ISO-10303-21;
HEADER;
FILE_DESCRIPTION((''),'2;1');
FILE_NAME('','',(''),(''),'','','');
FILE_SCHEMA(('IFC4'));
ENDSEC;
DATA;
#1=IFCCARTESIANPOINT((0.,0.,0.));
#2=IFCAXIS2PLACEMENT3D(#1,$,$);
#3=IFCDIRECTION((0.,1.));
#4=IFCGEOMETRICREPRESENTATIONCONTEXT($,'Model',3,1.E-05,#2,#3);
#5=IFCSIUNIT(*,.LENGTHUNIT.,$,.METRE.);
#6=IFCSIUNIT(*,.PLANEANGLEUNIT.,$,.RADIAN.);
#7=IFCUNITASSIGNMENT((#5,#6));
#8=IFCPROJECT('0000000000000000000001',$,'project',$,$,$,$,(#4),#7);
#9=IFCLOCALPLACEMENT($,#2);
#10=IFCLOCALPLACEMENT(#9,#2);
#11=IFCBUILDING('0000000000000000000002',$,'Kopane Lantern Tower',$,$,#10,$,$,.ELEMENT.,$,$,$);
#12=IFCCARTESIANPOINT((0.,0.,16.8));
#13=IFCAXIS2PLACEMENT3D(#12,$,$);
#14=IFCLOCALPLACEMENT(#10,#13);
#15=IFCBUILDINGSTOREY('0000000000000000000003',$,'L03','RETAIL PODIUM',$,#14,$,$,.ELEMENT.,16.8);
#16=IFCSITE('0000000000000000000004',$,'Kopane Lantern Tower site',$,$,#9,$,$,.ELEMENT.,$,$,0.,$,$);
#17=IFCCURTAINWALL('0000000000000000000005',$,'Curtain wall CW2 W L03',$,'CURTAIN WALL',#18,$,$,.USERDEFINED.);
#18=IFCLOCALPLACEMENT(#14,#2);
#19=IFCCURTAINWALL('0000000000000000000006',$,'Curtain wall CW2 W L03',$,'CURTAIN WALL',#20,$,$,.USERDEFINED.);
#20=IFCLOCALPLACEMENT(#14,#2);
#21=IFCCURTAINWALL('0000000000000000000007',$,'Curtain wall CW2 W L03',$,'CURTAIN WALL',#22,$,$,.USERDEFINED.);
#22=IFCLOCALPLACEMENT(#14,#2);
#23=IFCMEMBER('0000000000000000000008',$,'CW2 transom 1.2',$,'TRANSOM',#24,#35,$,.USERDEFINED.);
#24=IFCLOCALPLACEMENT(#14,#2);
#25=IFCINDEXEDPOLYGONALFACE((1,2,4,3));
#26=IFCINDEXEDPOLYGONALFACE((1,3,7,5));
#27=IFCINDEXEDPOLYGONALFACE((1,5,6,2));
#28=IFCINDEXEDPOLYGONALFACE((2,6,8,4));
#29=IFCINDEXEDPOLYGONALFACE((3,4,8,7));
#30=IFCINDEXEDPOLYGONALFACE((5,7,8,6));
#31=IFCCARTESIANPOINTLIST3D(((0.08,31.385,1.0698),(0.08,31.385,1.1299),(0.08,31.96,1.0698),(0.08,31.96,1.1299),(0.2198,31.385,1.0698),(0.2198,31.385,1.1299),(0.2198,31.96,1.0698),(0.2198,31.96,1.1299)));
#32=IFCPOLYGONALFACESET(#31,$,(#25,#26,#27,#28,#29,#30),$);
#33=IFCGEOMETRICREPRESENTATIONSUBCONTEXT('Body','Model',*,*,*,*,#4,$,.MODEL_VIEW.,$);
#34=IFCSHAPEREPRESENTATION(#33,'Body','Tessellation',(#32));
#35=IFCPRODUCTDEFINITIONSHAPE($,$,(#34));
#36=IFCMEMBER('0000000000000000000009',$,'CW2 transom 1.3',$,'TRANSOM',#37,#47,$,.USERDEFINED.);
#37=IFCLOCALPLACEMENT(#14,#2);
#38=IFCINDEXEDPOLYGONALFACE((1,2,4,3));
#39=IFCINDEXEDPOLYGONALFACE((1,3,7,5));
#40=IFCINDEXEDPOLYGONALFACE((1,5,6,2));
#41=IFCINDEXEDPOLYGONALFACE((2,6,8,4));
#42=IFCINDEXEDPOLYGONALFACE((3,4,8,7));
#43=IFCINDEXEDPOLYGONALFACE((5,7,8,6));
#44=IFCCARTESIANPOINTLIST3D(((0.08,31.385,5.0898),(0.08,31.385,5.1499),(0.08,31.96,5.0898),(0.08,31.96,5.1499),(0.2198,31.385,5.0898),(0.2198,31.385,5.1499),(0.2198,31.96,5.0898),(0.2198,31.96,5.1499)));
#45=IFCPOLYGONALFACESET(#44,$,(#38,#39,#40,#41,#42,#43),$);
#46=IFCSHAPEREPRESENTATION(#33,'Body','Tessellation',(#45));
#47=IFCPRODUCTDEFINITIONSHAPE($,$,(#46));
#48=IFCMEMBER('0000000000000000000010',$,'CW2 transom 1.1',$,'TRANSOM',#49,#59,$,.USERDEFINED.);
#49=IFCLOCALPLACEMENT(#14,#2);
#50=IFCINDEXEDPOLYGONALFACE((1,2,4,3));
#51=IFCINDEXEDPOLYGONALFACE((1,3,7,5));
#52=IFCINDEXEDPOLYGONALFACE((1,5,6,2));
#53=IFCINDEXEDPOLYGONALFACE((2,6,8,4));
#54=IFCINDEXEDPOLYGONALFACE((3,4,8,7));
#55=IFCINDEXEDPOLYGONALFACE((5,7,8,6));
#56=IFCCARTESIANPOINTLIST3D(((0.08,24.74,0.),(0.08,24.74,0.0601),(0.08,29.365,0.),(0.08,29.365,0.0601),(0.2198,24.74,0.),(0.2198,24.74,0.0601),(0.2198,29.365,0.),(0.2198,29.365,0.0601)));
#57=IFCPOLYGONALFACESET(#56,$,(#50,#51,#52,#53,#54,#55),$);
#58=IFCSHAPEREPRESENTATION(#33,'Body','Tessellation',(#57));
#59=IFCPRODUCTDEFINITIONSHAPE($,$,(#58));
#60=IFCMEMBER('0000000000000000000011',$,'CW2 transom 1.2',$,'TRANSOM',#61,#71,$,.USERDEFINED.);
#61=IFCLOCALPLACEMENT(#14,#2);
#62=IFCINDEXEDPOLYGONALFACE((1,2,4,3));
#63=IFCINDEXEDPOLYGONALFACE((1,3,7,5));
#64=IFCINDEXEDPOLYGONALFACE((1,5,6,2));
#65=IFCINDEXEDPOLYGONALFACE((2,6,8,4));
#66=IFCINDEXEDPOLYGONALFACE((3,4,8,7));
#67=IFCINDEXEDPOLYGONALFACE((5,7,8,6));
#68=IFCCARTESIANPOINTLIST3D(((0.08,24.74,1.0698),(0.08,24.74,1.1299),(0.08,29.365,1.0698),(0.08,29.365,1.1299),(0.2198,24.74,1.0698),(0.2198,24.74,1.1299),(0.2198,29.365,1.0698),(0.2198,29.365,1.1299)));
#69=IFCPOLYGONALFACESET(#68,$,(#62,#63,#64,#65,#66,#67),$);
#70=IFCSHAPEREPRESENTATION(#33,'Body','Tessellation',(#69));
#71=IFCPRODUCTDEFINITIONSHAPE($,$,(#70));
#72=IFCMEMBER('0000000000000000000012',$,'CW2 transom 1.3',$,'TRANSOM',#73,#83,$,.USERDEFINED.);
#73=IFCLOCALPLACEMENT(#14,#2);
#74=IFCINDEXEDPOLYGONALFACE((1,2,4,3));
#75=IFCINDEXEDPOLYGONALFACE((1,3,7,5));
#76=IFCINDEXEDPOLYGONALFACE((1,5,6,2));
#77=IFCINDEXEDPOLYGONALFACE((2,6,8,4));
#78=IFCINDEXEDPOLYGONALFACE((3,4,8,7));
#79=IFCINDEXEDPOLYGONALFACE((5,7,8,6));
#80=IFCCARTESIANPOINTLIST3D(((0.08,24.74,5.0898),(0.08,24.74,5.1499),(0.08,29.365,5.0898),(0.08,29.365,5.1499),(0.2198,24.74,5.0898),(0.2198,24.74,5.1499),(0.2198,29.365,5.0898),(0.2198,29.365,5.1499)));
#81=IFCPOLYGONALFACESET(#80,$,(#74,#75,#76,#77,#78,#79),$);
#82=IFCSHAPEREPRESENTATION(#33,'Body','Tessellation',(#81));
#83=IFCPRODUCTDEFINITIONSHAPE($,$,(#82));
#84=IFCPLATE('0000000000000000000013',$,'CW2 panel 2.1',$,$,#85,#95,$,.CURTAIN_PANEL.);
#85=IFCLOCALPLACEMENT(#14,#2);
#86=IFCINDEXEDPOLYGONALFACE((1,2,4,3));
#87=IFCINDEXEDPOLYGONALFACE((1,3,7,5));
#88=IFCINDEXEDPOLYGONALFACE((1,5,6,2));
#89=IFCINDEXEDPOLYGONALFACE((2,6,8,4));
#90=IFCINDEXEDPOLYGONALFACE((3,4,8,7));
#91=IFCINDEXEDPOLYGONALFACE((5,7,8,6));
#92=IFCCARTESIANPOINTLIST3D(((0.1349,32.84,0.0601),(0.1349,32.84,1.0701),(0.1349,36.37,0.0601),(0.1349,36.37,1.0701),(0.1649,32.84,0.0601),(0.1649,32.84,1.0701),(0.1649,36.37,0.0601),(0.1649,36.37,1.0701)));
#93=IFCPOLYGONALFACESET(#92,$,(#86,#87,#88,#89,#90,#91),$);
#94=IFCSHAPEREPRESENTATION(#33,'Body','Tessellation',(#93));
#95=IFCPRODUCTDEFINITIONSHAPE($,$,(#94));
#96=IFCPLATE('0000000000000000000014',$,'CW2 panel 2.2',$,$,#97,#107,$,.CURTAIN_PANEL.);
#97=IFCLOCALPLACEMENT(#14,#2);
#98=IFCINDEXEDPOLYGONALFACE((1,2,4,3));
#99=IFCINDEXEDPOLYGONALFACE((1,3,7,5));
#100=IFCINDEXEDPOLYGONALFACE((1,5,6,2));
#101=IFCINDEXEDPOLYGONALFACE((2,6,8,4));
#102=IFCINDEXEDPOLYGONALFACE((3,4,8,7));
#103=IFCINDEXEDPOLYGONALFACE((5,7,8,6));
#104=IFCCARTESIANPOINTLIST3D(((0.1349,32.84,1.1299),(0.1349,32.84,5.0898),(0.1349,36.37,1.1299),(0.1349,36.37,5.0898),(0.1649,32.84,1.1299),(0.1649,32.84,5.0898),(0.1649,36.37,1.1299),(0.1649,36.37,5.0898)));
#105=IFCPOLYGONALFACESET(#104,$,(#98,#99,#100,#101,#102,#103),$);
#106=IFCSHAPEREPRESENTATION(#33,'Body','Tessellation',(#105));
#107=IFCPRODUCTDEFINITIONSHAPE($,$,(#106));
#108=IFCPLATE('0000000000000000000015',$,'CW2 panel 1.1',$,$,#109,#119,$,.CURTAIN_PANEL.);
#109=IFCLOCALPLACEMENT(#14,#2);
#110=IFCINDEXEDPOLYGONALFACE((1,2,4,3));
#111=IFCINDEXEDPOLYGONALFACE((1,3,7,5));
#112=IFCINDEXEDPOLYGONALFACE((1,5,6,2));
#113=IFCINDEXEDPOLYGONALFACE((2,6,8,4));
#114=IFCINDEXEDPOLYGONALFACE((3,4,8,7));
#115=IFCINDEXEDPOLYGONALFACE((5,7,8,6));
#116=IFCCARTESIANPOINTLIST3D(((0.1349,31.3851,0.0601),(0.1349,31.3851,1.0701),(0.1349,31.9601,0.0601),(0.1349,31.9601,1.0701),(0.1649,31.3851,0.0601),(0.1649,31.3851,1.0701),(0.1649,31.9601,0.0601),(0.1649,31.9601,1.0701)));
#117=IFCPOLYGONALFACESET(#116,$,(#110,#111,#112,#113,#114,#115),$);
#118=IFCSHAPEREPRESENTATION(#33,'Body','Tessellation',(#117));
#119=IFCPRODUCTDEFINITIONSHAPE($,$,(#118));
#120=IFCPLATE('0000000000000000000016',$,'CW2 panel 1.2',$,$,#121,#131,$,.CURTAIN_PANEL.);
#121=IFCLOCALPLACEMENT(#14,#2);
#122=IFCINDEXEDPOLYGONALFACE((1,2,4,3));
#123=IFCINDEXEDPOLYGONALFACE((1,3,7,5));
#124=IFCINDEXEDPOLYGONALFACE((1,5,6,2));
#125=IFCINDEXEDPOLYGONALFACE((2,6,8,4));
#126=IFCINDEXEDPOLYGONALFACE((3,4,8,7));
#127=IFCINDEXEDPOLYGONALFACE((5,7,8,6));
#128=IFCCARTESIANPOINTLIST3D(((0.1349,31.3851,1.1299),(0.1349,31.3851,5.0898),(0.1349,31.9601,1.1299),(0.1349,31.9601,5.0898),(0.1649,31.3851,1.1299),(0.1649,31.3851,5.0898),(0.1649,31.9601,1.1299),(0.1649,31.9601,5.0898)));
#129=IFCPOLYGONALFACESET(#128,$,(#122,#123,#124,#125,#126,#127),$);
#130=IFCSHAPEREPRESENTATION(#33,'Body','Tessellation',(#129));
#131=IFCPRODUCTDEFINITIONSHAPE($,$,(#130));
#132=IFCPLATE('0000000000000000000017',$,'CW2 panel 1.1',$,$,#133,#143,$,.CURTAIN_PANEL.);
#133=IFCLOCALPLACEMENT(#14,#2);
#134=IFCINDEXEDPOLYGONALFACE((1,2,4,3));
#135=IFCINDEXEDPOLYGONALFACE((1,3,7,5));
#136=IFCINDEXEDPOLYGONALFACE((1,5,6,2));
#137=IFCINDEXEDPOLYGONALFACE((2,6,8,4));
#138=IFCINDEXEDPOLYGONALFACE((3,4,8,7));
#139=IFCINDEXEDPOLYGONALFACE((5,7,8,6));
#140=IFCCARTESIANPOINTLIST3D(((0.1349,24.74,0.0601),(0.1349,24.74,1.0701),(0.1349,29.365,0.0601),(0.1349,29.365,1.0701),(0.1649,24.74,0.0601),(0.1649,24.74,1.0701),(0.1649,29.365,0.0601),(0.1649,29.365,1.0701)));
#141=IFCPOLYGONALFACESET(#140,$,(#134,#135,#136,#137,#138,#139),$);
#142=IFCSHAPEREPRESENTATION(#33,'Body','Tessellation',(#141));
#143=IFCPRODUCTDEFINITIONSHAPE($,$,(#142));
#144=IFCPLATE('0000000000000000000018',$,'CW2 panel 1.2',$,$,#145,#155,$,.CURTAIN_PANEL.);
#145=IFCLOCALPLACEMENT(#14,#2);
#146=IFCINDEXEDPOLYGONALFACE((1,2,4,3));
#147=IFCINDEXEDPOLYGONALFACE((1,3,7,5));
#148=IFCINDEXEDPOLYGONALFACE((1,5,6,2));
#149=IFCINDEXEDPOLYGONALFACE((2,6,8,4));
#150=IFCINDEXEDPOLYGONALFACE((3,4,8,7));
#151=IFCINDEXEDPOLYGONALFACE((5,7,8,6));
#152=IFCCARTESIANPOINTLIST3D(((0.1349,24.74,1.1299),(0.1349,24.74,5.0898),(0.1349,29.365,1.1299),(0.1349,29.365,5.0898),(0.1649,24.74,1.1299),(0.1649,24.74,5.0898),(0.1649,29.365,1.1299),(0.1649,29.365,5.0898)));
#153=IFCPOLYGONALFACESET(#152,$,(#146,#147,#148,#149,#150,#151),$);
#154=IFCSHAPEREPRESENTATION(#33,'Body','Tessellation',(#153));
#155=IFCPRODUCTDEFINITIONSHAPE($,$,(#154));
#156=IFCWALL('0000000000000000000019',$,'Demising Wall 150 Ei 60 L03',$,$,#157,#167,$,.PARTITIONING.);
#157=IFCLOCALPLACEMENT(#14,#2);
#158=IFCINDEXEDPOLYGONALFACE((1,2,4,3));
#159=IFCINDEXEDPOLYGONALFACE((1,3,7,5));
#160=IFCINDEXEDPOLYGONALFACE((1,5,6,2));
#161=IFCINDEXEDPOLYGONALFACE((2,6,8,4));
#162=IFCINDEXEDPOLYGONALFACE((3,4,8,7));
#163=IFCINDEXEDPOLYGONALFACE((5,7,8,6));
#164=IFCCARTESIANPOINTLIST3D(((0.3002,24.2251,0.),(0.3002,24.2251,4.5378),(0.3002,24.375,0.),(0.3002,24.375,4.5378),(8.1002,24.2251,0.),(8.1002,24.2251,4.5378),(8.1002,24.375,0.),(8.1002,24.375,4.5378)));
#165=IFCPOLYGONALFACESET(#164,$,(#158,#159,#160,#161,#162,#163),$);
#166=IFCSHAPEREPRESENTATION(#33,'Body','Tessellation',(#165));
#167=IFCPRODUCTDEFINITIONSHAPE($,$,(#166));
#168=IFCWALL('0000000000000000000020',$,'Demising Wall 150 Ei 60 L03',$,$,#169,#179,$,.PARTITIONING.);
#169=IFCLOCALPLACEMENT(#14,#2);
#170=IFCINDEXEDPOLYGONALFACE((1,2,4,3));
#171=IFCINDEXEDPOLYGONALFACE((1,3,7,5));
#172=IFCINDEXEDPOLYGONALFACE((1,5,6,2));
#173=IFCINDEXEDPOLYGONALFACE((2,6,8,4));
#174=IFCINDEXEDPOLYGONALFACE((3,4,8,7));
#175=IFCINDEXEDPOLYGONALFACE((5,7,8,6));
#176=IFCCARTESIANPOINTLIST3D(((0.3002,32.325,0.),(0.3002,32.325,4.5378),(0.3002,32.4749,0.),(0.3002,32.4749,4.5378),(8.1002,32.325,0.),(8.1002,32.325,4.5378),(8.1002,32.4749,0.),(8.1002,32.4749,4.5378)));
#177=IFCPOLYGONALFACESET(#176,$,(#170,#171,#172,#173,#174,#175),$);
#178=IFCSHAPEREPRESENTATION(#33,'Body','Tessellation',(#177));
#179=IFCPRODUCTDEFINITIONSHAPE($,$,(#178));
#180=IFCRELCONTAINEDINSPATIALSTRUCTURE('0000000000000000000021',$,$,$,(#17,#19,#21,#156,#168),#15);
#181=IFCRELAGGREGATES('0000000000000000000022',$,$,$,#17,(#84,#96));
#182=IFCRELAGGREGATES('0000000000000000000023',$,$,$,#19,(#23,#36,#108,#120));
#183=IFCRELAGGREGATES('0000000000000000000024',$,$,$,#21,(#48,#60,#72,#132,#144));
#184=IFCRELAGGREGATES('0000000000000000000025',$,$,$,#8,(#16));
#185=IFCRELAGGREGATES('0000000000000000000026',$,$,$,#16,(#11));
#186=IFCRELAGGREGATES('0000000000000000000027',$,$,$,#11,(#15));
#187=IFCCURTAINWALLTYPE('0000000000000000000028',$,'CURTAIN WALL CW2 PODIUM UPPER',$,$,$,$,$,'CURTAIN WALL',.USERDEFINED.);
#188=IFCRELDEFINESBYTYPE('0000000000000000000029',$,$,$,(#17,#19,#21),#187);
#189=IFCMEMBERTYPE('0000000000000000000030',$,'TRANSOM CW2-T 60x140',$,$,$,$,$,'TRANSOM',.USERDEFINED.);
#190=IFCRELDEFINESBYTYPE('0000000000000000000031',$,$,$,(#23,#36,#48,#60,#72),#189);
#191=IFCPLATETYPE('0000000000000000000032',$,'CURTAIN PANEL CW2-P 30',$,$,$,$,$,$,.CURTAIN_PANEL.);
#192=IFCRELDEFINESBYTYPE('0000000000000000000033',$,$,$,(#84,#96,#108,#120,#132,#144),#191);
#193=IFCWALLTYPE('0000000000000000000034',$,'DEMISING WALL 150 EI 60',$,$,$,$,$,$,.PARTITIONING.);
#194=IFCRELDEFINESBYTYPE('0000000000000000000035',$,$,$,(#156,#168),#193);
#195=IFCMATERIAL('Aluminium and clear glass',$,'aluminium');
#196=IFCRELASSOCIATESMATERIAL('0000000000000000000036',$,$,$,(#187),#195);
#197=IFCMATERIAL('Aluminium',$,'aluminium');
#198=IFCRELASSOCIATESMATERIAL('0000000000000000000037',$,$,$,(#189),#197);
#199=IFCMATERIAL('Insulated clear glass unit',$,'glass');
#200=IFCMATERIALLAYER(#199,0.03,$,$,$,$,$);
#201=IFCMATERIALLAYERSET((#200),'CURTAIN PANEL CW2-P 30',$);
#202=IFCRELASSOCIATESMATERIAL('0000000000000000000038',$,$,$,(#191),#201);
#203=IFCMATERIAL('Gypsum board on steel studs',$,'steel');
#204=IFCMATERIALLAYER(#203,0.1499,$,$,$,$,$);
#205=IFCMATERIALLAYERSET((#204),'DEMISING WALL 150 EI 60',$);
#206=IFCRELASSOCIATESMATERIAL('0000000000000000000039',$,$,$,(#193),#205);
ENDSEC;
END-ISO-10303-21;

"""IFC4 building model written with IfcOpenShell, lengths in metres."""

from ifc_helpers import new_model, si_unit, direction, frame, frame_2d, origin, origin_2d, place, context, subcontext, project, spatial, rectangle, extrude, material, layer, layer_set, material_profile, profile_set, type_object, element, aggregate, save


model = new_model("IFC4")

# Units and contexts
model_context = context("Model", 3, precision=1e-05, world=origin(), true_north=direction((0.0, 1.0)))
body_context = subcontext(model_context, "Body", "Model", "MODEL_VIEW")
ifc_project = project(units=[si_unit("LENGTHUNIT", "METRE"), si_unit("PLANEANGLEUNIT", "RADIAN")], contexts=[model_context])

# Site, building, storey
site_placement = place(None, origin())
site = spatial("IfcSite", under=ifc_project, at=site_placement, Name="Kopane Lantern Tower site", CompositionType="ELEMENT", RefElevation=0.0)
building_placement = place(site_placement, origin())
building = spatial("IfcBuilding", under=site, at=building_placement, Name="Kopane Lantern Tower", CompositionType="ELEMENT")
storey_placement = place(building_placement, frame((0.0, 0.0, 16.8)))
storey = spatial("IfcBuildingStorey", under=building, at=storey_placement, Name="L03", Description="RETAIL PODIUM", CompositionType="ELEMENT", Elevation=16.8)

# Curtain wall
ifc_material_1 = material(Name="Aluminium and clear glass", Category="aluminium")
curtain_wall_type = type_object("IfcCurtainWallType", Name="CURTAIN WALL CW2 PODIUM UPPER", ElementType="CURTAIN WALL", PredefinedType="USERDEFINED", material=ifc_material_1)
curtain_wall_1_placement = place(storey_placement, origin())
curtain_wall_1 = element("IfcCurtainWall", 1, at=curtain_wall_1_placement, inside=storey, type_object=curtain_wall_type, Name="Curtain wall CW2 W L03", ObjectType="CURTAIN WALL", PredefinedType="USERDEFINED")

# Curtain walls
curtain_wall_2_placement = place(storey_placement, origin())
curtain_wall_2 = element("IfcCurtainWall", 2, at=curtain_wall_2_placement, inside=storey, type_object=curtain_wall_type, Name="Curtain wall CW2 W L03", ObjectType="CURTAIN WALL", PredefinedType="USERDEFINED")
curtain_wall_3_placement = place(storey_placement, origin())
curtain_wall_3 = element("IfcCurtainWall", 3, at=curtain_wall_3_placement, inside=storey, type_object=curtain_wall_type, Name="Curtain wall CW2 W L03", ObjectType="CURTAIN WALL", PredefinedType="USERDEFINED")

# Members
ifc_material_2 = material(Name="Aluminium", Category="aluminium")
ifc_material_profile_1 = material_profile(ifc_material_2, rectangle(XDim=0.1399, YDim=0.0601, at=origin_2d()), Name="AL 140x60")
ifc_profile_set_1 = profile_set([ifc_material_profile_1], Name="Aluminium")
member_type_1 = type_object("IfcMemberType", Name="TRANSOM CW2-T 60x140", ElementType="TRANSOM", PredefinedType="USERDEFINED", material=ifc_profile_set_1)
member_1_placement = place(storey_placement, frame((0.1499, 31.96, 1.0999), z_axis=(0.0, -1.0, 0.0), x_axis=(1.0, 0.0, 0.0)))
member_1 = element("IfcMember", 4, at=member_1_placement, type_object=member_type_1, Name="CW2 transom 1.2", ObjectType="TRANSOM", PredefinedType="USERDEFINED", context=body_context, shape_type="SweptSolid", body=[
    extrude(rectangle(XDim=0.1399, YDim=0.0601, at=origin_2d()), origin(), (0.0, 0.0, 1.0), 0.575),
])
member_2_placement = place(storey_placement, frame((0.1499, 31.96, 5.1199), z_axis=(0.0, -1.0, 0.0), x_axis=(1.0, 0.0, 0.0)))
member_2 = element("IfcMember", 5, at=member_2_placement, type_object=member_type_1, Name="CW2 transom 1.3", ObjectType="TRANSOM", PredefinedType="USERDEFINED", context=body_context, shape_type="SweptSolid", body=[
    extrude(rectangle(XDim=0.1399, YDim=0.0601, at=origin_2d()), origin(), (0.0, 0.0, 1.0), 0.575),
])
member_3_placement = place(storey_placement, frame((0.1499, 29.365, 0.03), z_axis=(0.0, -1.0, 0.0), x_axis=(1.0, 0.0, 0.0)))
member_3 = element("IfcMember", 6, at=member_3_placement, type_object=member_type_1, Name="CW2 transom 1.1", ObjectType="TRANSOM", PredefinedType="USERDEFINED", context=body_context, shape_type="SweptSolid", body=[
    extrude(rectangle(XDim=0.1399, YDim=0.0601, at=origin_2d()), origin(), (0.0, 0.0, 1.0), 4.625),
])
member_4_placement = place(storey_placement, frame((0.1499, 29.365, 1.0999), z_axis=(0.0, -1.0, 0.0), x_axis=(1.0, 0.0, 0.0)))
member_4 = element("IfcMember", 7, at=member_4_placement, type_object=member_type_1, Name="CW2 transom 1.2", ObjectType="TRANSOM", PredefinedType="USERDEFINED", context=body_context, shape_type="SweptSolid", body=[
    extrude(rectangle(XDim=0.1399, YDim=0.0601, at=origin_2d()), origin(), (0.0, 0.0, 1.0), 4.625),
])
member_5_placement = place(storey_placement, frame((0.1499, 29.365, 5.1199), z_axis=(0.0, -1.0, 0.0), x_axis=(1.0, 0.0, 0.0)))
member_5 = element("IfcMember", 8, at=member_5_placement, type_object=member_type_1, Name="CW2 transom 1.3", ObjectType="TRANSOM", PredefinedType="USERDEFINED", context=body_context, shape_type="SweptSolid", body=[
    extrude(rectangle(XDim=0.1399, YDim=0.0601, at=origin_2d()), origin(), (0.0, 0.0, 1.0), 4.625),
])

# Plates
ifc_material_3 = material(Name="Insulated clear glass unit", Category="glass")
ifc_layer_1 = layer(ifc_material_3, 0.03)
ifc_layer_set_1 = layer_set([ifc_layer_1], Name="CURTAIN PANEL CW2-P 30")
plate_type = type_object("IfcPlateType", Name="CURTAIN PANEL CW2-P 30", PredefinedType="CURTAIN_PANEL", material=ifc_layer_set_1)
plate_1_placement = place(storey_placement, frame((0.1499, 34.605, 0.0601), z_axis=(0.0, 0.0, 1.0), x_axis=(0.0, -1.0, 0.0)))
plate_1 = element("IfcPlate", 9, at=plate_1_placement, type_object=plate_type, Name="CW2 panel 2.1", PredefinedType="CURTAIN_PANEL", context=body_context, shape_type="SweptSolid", body=[
    extrude(rectangle(XDim=3.53, YDim=0.03, at=origin_2d()), origin(), (0.0, 0.0, 1.0), 1.01),
])
plate_2_placement = place(storey_placement, frame((0.1499, 34.605, 1.1299), z_axis=(0.0, 0.0, 1.0), x_axis=(0.0, -1.0, 0.0)))
plate_2 = element("IfcPlate", 10, at=plate_2_placement, type_object=plate_type, Name="CW2 panel 2.2", PredefinedType="CURTAIN_PANEL", context=body_context, shape_type="SweptSolid", body=[
    extrude(rectangle(XDim=3.53, YDim=0.03, at=origin_2d()), origin(), (0.0, 0.0, 1.0), 3.96),
])
aggregate(curtain_wall_1, [plate_1, plate_2])
plate_3_placement = place(storey_placement, frame((0.1499, 31.6726, 0.0601), z_axis=(0.0, 0.0, 1.0), x_axis=(0.0, -1.0, 0.0)))
plate_3 = element("IfcPlate", 11, at=plate_3_placement, type_object=plate_type, Name="CW2 panel 1.1", PredefinedType="CURTAIN_PANEL", context=body_context, shape_type="SweptSolid", body=[
    extrude(rectangle(XDim=0.575, YDim=0.03, at=origin_2d()), origin(), (0.0, 0.0, 1.0), 1.01),
])
plate_4_placement = place(storey_placement, frame((0.1499, 31.6726, 1.1299), z_axis=(0.0, 0.0, 1.0), x_axis=(0.0, -1.0, 0.0)))
plate_4 = element("IfcPlate", 12, at=plate_4_placement, type_object=plate_type, Name="CW2 panel 1.2", PredefinedType="CURTAIN_PANEL", context=body_context, shape_type="SweptSolid", body=[
    extrude(rectangle(XDim=0.575, YDim=0.03, at=origin_2d()), origin(), (0.0, 0.0, 1.0), 3.96),
])
aggregate(curtain_wall_2, [member_1, member_2, plate_3, plate_4])
plate_5_placement = place(storey_placement, frame((0.1499, 27.0525, 0.0601), z_axis=(0.0, 0.0, 1.0), x_axis=(0.0, -1.0, 0.0)))
plate_5 = element("IfcPlate", 13, at=plate_5_placement, type_object=plate_type, Name="CW2 panel 1.1", PredefinedType="CURTAIN_PANEL", context=body_context, shape_type="SweptSolid", body=[
    extrude(rectangle(XDim=4.625, YDim=0.03, at=origin_2d()), origin(), (0.0, 0.0, 1.0), 1.01),
])
plate_6_placement = place(storey_placement, frame((0.1499, 27.0525, 1.1299), z_axis=(0.0, 0.0, 1.0), x_axis=(0.0, -1.0, 0.0)))
plate_6 = element("IfcPlate", 14, at=plate_6_placement, type_object=plate_type, Name="CW2 panel 1.2", PredefinedType="CURTAIN_PANEL", context=body_context, shape_type="SweptSolid", body=[
    extrude(rectangle(XDim=4.625, YDim=0.03, at=origin_2d()), origin(), (0.0, 0.0, 1.0), 3.96),
])
aggregate(curtain_wall_3, [member_3, member_4, member_5, plate_5, plate_6])

# Walls
ifc_material_4 = material(Name="Gypsum board on steel studs", Category="steel")
ifc_layer_2 = layer(ifc_material_4, 0.1499)
ifc_layer_set_2 = layer_set([ifc_layer_2], Name="DEMISING WALL 150 EI 60")
wall_type_1 = type_object("IfcWallType", Name="DEMISING WALL 150 EI 60", PredefinedType="PARTITIONING", material=ifc_layer_set_2)
for number, where, z_axis, x_axis, name in (
    (15, (8.1001, 24.3, 0.0), (0.0, 0.0, 1.0), (-1.0, 0.0, 0.0), "Demising Wall 150 Ei 60 L03"),
    (16, (8.1001, 32.3999, 0.0), (0.0, 0.0, 1.0), (-1.0, 0.0, 0.0), "Demising Wall 150 Ei 60 L03"),
):
    element("IfcWall", number, at=place(storey_placement, frame(where, z_axis=z_axis, x_axis=x_axis)), inside=storey, type_object=wall_type_1, Name=name, PredefinedType="PARTITIONING", context=body_context, shape_type="SweptSolid", body=[
        extrude(rectangle(XDim=7.8, YDim=0.1499, at=frame_2d((3.8999, 0.0))), origin(), (0.0, 0.0, 1.0), 4.5378),
    ])

save(model, "model.ifc")
